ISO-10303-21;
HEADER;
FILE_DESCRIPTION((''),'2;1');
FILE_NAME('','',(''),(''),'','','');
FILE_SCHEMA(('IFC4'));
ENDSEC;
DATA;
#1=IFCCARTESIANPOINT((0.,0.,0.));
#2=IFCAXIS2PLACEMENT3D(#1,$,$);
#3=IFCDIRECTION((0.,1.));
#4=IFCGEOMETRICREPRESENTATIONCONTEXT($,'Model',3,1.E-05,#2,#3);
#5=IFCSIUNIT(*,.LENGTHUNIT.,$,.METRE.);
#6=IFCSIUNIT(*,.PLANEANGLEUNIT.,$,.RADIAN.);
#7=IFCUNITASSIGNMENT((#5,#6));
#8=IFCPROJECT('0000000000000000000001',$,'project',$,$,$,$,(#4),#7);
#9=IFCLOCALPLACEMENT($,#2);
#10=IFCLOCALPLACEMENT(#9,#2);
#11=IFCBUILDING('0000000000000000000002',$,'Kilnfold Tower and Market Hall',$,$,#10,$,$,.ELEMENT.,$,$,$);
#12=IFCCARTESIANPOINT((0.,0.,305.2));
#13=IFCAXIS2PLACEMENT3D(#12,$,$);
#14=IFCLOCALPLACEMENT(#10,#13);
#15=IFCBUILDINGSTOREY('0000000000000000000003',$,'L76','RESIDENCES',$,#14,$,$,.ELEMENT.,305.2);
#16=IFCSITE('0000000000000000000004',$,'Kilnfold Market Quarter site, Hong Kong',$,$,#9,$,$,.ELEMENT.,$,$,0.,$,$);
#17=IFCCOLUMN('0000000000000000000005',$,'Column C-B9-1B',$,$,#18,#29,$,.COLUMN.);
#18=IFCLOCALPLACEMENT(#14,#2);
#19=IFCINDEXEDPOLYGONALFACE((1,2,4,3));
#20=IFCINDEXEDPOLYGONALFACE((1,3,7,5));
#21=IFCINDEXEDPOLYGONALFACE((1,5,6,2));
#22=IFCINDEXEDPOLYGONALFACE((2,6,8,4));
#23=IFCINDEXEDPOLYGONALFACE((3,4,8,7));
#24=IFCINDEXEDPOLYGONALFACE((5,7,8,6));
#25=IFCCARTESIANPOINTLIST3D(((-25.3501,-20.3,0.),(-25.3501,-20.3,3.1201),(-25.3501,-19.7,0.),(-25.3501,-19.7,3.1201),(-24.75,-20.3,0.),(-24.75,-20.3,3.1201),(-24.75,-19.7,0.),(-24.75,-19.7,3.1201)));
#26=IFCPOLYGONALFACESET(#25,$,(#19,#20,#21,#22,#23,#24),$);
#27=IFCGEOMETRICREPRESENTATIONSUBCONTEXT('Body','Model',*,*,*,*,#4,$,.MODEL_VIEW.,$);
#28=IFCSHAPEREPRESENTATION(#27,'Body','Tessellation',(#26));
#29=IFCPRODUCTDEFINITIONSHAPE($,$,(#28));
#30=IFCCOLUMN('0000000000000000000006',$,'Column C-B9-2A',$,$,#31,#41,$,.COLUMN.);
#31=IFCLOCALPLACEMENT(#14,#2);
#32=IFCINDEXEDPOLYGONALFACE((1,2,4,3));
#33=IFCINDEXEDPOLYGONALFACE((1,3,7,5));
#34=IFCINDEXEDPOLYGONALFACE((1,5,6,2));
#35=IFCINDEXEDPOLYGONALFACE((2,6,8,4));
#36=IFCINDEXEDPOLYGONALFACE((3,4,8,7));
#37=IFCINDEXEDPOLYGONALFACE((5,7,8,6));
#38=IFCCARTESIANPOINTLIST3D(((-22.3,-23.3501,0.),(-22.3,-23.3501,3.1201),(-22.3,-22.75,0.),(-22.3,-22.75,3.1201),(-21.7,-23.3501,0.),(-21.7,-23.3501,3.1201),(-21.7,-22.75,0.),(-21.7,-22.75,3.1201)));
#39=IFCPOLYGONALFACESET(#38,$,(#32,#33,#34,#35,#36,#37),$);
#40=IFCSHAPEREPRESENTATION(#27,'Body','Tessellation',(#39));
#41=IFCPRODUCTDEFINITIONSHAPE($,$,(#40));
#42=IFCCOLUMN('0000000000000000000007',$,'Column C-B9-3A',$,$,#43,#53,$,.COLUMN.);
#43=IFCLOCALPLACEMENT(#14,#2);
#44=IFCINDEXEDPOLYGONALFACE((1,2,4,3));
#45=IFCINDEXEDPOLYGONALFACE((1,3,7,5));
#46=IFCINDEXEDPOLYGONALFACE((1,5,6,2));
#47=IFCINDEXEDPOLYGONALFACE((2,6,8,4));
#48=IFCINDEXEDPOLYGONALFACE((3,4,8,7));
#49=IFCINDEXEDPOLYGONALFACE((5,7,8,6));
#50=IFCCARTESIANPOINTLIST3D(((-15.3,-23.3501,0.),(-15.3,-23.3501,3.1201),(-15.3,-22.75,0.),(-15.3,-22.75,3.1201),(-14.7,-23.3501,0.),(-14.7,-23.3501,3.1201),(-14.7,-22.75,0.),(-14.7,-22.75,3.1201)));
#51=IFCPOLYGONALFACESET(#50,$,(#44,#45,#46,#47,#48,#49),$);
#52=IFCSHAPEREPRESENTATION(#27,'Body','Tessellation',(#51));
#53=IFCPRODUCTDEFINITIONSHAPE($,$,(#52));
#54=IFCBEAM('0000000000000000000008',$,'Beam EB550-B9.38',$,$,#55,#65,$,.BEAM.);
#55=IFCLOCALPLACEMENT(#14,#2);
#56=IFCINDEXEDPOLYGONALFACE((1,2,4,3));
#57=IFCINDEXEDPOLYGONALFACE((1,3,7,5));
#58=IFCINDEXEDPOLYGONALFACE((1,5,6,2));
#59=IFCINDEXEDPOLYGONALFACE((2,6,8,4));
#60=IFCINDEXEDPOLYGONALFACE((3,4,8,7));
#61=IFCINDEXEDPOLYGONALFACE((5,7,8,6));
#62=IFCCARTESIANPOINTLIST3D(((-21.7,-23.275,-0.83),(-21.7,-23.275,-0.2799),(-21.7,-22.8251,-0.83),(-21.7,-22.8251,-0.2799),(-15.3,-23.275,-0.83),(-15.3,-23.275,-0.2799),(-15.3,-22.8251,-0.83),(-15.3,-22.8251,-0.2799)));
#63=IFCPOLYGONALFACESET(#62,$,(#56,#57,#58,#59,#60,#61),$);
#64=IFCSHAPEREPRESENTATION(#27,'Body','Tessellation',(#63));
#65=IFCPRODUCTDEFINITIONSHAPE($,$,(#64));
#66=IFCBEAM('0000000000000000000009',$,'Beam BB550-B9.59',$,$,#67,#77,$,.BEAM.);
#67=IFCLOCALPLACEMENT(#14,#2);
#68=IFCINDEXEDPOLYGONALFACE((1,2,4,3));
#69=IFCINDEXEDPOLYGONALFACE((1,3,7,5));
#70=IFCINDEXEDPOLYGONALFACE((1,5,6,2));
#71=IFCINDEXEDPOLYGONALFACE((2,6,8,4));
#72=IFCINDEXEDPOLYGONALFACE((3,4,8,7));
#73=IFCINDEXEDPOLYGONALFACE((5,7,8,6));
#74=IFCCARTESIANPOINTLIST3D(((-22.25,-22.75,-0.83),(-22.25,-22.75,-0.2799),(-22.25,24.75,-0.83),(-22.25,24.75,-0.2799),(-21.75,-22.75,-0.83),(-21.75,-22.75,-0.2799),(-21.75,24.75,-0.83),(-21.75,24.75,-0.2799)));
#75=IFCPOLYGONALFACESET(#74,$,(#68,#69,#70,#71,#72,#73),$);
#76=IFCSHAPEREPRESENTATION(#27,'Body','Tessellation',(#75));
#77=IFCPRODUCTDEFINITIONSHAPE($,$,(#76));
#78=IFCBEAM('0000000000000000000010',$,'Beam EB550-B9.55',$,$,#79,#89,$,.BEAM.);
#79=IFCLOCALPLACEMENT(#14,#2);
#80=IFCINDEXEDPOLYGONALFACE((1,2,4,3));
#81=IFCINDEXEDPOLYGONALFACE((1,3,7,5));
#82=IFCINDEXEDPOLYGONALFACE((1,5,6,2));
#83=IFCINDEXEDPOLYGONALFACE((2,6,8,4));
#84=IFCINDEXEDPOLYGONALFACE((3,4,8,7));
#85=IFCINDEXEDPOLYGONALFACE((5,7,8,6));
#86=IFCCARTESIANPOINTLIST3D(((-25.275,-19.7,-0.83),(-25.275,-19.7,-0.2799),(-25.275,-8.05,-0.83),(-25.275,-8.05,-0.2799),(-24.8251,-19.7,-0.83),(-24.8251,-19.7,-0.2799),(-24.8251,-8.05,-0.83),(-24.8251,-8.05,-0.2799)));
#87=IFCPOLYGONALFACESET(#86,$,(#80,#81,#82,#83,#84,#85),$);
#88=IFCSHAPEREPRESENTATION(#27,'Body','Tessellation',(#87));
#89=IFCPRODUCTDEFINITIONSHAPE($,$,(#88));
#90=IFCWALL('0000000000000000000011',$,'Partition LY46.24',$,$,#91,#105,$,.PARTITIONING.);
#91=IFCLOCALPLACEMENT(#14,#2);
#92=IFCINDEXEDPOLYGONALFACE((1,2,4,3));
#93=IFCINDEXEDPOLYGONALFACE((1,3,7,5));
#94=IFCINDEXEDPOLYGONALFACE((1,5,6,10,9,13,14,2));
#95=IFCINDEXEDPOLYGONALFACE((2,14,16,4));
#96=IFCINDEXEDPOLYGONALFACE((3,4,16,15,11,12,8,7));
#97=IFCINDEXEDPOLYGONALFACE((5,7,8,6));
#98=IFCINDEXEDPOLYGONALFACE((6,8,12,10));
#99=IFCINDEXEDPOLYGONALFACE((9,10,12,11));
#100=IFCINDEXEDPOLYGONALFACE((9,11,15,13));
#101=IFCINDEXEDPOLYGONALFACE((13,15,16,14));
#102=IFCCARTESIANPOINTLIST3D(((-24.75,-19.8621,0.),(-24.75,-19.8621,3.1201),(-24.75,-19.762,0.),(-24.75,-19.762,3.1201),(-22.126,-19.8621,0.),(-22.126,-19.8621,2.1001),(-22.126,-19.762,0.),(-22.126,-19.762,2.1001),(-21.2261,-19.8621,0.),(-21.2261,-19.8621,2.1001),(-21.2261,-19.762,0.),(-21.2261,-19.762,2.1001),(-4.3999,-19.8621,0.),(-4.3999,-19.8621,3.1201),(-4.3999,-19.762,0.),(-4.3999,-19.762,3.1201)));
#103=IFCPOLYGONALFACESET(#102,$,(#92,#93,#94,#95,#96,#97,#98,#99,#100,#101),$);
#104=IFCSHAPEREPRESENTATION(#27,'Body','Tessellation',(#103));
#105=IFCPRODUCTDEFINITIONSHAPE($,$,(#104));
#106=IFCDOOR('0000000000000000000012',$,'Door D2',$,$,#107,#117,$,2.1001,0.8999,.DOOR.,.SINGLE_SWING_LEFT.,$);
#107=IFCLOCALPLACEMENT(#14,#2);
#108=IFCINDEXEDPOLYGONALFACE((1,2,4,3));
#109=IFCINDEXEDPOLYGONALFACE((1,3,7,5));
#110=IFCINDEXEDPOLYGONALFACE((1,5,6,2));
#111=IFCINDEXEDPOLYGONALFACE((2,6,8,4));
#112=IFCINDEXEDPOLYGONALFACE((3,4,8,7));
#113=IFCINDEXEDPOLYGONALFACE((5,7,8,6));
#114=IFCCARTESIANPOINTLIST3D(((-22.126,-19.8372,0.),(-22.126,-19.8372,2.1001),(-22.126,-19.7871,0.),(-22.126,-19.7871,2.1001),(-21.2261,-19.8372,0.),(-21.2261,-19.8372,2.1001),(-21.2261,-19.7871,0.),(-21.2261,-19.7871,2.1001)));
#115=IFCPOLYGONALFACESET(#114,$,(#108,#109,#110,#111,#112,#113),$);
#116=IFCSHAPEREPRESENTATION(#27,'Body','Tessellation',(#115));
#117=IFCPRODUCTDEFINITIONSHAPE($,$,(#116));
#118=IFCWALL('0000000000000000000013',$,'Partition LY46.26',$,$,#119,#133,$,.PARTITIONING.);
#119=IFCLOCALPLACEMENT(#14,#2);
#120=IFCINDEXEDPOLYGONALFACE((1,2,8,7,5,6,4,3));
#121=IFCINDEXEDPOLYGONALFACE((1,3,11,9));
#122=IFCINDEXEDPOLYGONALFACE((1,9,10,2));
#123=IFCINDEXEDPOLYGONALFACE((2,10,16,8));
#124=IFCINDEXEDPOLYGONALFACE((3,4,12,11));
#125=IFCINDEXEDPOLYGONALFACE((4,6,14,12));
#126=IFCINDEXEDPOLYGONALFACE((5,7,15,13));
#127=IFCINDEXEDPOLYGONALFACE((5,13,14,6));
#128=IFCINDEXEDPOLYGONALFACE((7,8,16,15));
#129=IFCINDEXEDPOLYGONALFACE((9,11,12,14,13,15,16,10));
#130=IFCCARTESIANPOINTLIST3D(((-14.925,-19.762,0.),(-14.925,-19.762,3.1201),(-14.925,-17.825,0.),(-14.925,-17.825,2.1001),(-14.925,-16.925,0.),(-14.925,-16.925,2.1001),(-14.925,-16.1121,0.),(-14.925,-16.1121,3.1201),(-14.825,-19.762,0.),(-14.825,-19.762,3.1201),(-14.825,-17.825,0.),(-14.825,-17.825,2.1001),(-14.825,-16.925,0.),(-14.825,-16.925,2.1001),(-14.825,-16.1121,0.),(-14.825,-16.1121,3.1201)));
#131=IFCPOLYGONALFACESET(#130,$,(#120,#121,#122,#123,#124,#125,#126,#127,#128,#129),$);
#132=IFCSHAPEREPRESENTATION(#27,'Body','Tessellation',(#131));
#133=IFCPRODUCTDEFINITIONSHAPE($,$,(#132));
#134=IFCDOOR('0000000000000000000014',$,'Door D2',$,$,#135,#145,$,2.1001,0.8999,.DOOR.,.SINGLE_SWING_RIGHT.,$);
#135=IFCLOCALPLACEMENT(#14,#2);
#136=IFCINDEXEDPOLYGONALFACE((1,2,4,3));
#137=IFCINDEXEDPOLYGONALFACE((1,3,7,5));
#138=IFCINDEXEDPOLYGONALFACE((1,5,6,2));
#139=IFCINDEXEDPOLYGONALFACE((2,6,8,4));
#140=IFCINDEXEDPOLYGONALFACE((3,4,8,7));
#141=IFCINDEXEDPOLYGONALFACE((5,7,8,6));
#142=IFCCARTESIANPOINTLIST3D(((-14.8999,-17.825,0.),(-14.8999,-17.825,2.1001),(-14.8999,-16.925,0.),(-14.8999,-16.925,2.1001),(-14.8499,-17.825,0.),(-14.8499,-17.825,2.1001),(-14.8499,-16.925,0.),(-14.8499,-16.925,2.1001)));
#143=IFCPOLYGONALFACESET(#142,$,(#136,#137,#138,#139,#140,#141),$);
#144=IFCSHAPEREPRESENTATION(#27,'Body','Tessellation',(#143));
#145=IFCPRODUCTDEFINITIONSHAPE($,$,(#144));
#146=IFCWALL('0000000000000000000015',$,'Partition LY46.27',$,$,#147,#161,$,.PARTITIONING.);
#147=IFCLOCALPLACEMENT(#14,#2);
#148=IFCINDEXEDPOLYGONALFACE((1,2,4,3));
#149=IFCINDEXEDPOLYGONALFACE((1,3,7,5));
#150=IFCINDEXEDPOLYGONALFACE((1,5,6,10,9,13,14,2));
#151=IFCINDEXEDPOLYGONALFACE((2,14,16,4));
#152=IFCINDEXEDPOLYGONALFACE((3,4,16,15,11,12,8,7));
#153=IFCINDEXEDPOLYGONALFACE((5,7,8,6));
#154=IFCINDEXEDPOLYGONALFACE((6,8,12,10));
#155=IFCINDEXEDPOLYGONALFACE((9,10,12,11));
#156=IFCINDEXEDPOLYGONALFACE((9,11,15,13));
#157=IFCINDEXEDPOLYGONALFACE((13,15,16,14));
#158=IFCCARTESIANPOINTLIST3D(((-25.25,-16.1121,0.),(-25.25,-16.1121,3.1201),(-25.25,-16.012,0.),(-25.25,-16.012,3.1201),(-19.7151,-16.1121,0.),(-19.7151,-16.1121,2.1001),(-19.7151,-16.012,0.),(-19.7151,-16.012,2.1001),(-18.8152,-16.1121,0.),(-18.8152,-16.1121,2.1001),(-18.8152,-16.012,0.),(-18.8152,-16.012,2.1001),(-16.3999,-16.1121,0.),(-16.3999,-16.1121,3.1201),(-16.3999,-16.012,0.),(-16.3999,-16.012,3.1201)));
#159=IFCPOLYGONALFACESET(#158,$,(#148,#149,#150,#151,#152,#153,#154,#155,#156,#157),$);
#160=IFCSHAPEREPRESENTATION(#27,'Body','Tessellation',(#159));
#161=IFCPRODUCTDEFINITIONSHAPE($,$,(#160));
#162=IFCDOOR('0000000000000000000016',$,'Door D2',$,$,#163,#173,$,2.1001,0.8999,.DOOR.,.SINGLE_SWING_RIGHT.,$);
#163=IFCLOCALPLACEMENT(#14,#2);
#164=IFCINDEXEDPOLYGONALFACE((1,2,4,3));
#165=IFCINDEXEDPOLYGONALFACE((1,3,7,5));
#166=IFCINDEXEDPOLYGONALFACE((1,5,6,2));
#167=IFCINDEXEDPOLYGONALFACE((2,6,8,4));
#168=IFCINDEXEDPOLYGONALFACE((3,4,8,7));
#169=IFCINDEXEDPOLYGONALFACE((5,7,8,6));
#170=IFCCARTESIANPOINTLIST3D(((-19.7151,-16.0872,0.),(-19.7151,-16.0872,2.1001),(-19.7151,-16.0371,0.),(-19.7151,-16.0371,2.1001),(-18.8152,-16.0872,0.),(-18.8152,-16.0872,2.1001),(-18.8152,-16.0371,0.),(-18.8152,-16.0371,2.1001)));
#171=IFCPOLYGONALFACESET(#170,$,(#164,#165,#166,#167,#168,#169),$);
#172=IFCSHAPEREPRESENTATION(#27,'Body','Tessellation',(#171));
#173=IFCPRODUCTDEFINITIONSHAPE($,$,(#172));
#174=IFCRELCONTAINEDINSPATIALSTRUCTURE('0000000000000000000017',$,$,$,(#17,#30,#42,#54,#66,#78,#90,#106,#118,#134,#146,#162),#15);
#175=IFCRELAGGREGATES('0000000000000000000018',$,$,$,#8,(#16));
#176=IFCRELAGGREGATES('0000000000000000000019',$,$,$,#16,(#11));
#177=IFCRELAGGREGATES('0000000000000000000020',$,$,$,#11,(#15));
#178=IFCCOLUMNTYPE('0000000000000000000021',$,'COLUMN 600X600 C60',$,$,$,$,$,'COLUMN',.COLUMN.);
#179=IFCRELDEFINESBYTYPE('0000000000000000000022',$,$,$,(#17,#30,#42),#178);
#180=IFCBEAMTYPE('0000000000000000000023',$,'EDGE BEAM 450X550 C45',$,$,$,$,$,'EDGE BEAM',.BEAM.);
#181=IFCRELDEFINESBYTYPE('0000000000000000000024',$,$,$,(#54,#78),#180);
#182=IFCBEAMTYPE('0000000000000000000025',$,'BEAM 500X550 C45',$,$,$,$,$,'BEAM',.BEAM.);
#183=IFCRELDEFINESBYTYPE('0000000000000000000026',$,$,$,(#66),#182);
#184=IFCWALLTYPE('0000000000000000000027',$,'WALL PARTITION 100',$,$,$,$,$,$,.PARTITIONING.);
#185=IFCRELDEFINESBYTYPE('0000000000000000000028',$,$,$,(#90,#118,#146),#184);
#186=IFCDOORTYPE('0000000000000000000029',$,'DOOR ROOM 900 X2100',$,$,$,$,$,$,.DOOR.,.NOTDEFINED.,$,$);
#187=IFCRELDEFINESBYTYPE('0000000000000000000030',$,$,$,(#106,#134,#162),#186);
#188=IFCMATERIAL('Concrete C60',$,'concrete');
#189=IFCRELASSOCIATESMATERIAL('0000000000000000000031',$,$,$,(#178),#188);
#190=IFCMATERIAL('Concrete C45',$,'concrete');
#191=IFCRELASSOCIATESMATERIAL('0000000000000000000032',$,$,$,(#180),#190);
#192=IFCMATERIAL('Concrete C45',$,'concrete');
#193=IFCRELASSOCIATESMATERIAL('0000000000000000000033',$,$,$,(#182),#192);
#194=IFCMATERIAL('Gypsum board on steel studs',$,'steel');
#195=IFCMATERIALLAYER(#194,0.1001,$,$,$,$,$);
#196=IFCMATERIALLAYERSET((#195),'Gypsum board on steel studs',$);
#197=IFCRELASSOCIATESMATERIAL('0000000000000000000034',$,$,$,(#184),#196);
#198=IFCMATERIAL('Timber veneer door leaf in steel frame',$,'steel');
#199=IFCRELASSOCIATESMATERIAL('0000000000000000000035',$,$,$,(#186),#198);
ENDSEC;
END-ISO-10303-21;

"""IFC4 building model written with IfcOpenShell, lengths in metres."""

from ifc_helpers import new_model, si_unit, direction, frame, frame_2d, origin, origin_2d, place, context, subcontext, project, spatial, rectangle, extrude, source, transform, mapped, material, layer, layer_set, material_profile, profile_set, type_object, element, fill, save


model = new_model("IFC4")

# Units and contexts
model_context = context("Model", 3, precision=1e-05, world=origin(), true_north=direction((0.0, 1.0)))
body_context = subcontext(model_context, "Body", "Model", "MODEL_VIEW")
ifc_project = project(units=[si_unit("LENGTHUNIT", "METRE"), si_unit("PLANEANGLEUNIT", "RADIAN")], contexts=[model_context])

# Site, building, storey
site_placement = place(None, origin())
site = spatial("IfcSite", under=ifc_project, at=site_placement, Name="Kilnfold Market Quarter site, Hong Kong", CompositionType="ELEMENT", RefElevation=0.0)
building_placement = place(site_placement, origin())
building = spatial("IfcBuilding", under=site, at=building_placement, Name="Kilnfold Tower and Market Hall", CompositionType="ELEMENT")
storey_placement = place(building_placement, frame((0.0, 0.0, 305.2)))
storey = spatial("IfcBuildingStorey", under=building, at=storey_placement, Name="L76", Description="RESIDENCES", CompositionType="ELEMENT", Elevation=305.2)

# Columns
ifc_material_1 = material(Name="Concrete C60", Category="concrete")
ifc_material_profile_1 = material_profile(ifc_material_1, rectangle(XDim=0.6001, YDim=0.6001, at=origin_2d()), Name="RC 600x600")
ifc_profile_set_1 = profile_set([ifc_material_profile_1], Name="Concrete C60")
column_type = type_object("IfcColumnType", Name="COLUMN 600X600 C60", ElementType="COLUMN", PredefinedType="COLUMN", material=ifc_profile_set_1)
shared_shape_1 = source(origin(), body_context, "Body", "SweptSolid", [
    extrude(rectangle(XDim=0.6001, YDim=0.6001, at=origin_2d()), origin(), (0.0, 0.0, 1.0), 3.1201),
])
for number, where, z_axis, x_axis, name in (
    (1, (-25.05, -20.0, 0.0), (0.0, 0.0, 1.0), (1.0, 0.0, 0.0), "Column C-B9-1B"),
    (2, (-22.0, -23.05, 0.0), (0.0, 0.0, 1.0), (1.0, 0.0, 0.0), "Column C-B9-2A"),
    (3, (-15.0, -23.05, 0.0), (0.0, 0.0, 1.0), (1.0, 0.0, 0.0), "Column C-B9-3A"),
):
    element("IfcColumn", number, at=place(storey_placement, frame(where, z_axis=z_axis, x_axis=x_axis)), inside=storey, type_object=column_type, Name=name, PredefinedType="COLUMN", context=body_context, shape_type="MappedRepresentation", body=[
        mapped(shared_shape_1, transform((0.0, 0.0, 0.0))),
    ])

# Beams
ifc_material_2 = material(Name="Concrete C45", Category="concrete")
ifc_material_profile_2 = material_profile(ifc_material_2, rectangle(XDim=0.45, YDim=0.55, at=origin_2d()), Name="RC 450x550")
ifc_profile_set_2 = profile_set([ifc_material_profile_2], Name="Concrete C45")
beam_type_1 = type_object("IfcBeamType", Name="EDGE BEAM 450X550 C45", ElementType="EDGE BEAM", PredefinedType="BEAM", material=ifc_profile_set_2)
shared_shape_2 = source(origin(), body_context, "Body", "SweptSolid", [
    extrude(rectangle(XDim=0.45, YDim=0.55, at=origin_2d()), origin(), (0.0, 0.0, 1.0), 6.3999),
])
beam_1_placement = place(storey_placement, frame((-21.7, -23.05, -0.5549), z_axis=(1.0, 0.0, 0.0), x_axis=(0.0, 1.0, 0.0)))
element("IfcBeam", 4, at=beam_1_placement, inside=storey, type_object=beam_type_1, Name="Beam EB550-B9.38", PredefinedType="BEAM", context=body_context, shape_type="MappedRepresentation", body=[
    mapped(shared_shape_2, transform((0.0, 0.0, 0.0))),
])
ifc_material_3 = material(Name="Concrete C45", Category="concrete")
ifc_material_profile_3 = material_profile(ifc_material_3, rectangle(XDim=0.5, YDim=0.55, at=origin_2d()), Name="RC 500x550")
ifc_profile_set_3 = profile_set([ifc_material_profile_3], Name="Concrete C45")
beam_type_2 = type_object("IfcBeamType", Name="BEAM 500X550 C45", ElementType="BEAM", PredefinedType="BEAM", material=ifc_profile_set_3)
shared_shape_3 = source(origin(), body_context, "Body", "SweptSolid", [
    extrude(rectangle(XDim=0.5, YDim=0.55, at=origin_2d()), origin(), (0.0, 0.0, 1.0), 47.5),
])
beam_2_placement = place(storey_placement, frame((-22.0, -22.75, -0.5549), z_axis=(0.0, 1.0, 0.0), x_axis=(-1.0, 0.0, 0.0)))
element("IfcBeam", 5, at=beam_2_placement, inside=storey, type_object=beam_type_2, Name="Beam BB550-B9.59", PredefinedType="BEAM", context=body_context, shape_type="MappedRepresentation", body=[
    mapped(shared_shape_3, transform((0.0, 0.0, 0.0))),
])
shared_shape_4 = source(origin(), body_context, "Body", "SweptSolid", [
    extrude(rectangle(XDim=0.45, YDim=0.55, at=origin_2d()), origin(), (0.0, 0.0, 1.0), 11.6499),
])
beam_3_placement = place(storey_placement, frame((-25.05, -19.7, -0.5549), z_axis=(0.0, 1.0, 0.0), x_axis=(-1.0, 0.0, 0.0)))
element("IfcBeam", 6, at=beam_3_placement, inside=storey, type_object=beam_type_1, Name="Beam EB550-B9.55", PredefinedType="BEAM", context=body_context, shape_type="MappedRepresentation", body=[
    mapped(shared_shape_4, transform((0.0, 0.0, 0.0))),
])

# Walls, openings, doors
ifc_material_4 = material(Name="Gypsum board on steel studs", Category="steel")
ifc_layer_1 = layer(ifc_material_4, 0.1001)
ifc_layer_set_1 = layer_set([ifc_layer_1], Name="Gypsum board on steel studs")
wall_type_1 = type_object("IfcWallType", Name="WALL PARTITION 100", PredefinedType="PARTITIONING", material=ifc_layer_set_1)
wall_1_placement = place(storey_placement, frame((-24.75, -19.812, 0.0), z_axis=(0.0, 0.0, 1.0), x_axis=(1.0, 0.0, 0.0)))
wall_1 = element("IfcWall", 7, at=wall_1_placement, inside=storey, type_object=wall_type_1, Name="Partition LY46.24", PredefinedType="PARTITIONING", context=body_context, shape_type="SweptSolid", body=[
    extrude(rectangle(XDim=20.3501, YDim=0.1001, at=frame_2d((10.175, 0.0))), origin(), (0.0, 0.0, 1.0), 3.1201),
])
opening_1_placement = place(wall_1_placement, frame((2.624, 0.0, 0.0)))
opening_1 = element("IfcOpeningElement", 8, at=opening_1_placement, cuts=wall_1, PredefinedType="OPENING", context=body_context, shape_type="SweptSolid", body=[
    extrude(rectangle(XDim=0.8999, YDim=2.1001, at=frame_2d((0.45, 1.05))), frame((0.0, 0.0601, 0.0), z_axis=(0.0, -1.0, 0.0), x_axis=(1.0, 0.0, 0.0)), (0.0, 0.0, 1.0), 0.1201),
])
ifc_material_5 = material(Name="Timber veneer door leaf in steel frame", Category="steel")
door_type_1 = type_object("IfcDoorType", Name="DOOR ROOM 900 X2100", OperationType="NOTDEFINED", PredefinedType="DOOR", material=ifc_material_5)
door_1_placement = place(opening_1_placement, origin())
door_1 = element("IfcDoor", 9, at=door_1_placement, inside=storey, type_object=door_type_1, Name="Door D2", OperationType="SINGLE_SWING_LEFT", OverallHeight=2.1001, OverallWidth=0.8999, PredefinedType="DOOR", context=body_context, shape_type="SweptSolid", body=[
    extrude(rectangle(XDim=0.8999, YDim=2.1001, at=frame_2d((0.45, 1.05))), frame((0.0, 0.0249, 0.0), z_axis=(0.0, -1.0, 0.0), x_axis=(1.0, 0.0, 0.0)), (0.0, 0.0, 1.0), 0.05),
])
fill(opening_1, door_1)
wall_2_placement = place(storey_placement, frame((-14.875, -19.762, 0.0), z_axis=(0.0, 0.0, 1.0), x_axis=(0.0, 1.0, 0.0)))
wall_2 = element("IfcWall", 10, at=wall_2_placement, inside=storey, type_object=wall_type_1, Name="Partition LY46.26", PredefinedType="PARTITIONING", context=body_context, shape_type="SweptSolid", body=[
    extrude(rectangle(XDim=3.6499, YDim=0.1001, at=frame_2d((1.825, 0.0))), origin(), (0.0, 0.0, 1.0), 3.1201),
])
opening_2_placement = place(wall_2_placement, frame((1.937, 0.0, 0.0)))
opening_2 = element("IfcOpeningElement", 11, at=opening_2_placement, cuts=wall_2, PredefinedType="OPENING", context=body_context, shape_type="SweptSolid", body=[
    extrude(rectangle(XDim=0.8999, YDim=2.1001, at=frame_2d((0.45, 1.05))), frame((0.0, 0.0601, 0.0), z_axis=(0.0, -1.0, 0.0), x_axis=(1.0, 0.0, 0.0)), (0.0, 0.0, 1.0), 0.1201),
])
door_2_placement = place(opening_2_placement, origin())
door_2 = element("IfcDoor", 12, at=door_2_placement, inside=storey, type_object=door_type_1, Name="Door D2", OperationType="SINGLE_SWING_RIGHT", OverallHeight=2.1001, OverallWidth=0.8999, PredefinedType="DOOR", context=body_context, shape_type="SweptSolid", body=[
    extrude(rectangle(XDim=0.8999, YDim=2.1001, at=frame_2d((0.45, 1.05))), frame((0.0, 0.0249, 0.0), z_axis=(0.0, -1.0, 0.0), x_axis=(1.0, 0.0, 0.0)), (0.0, 0.0, 1.0), 0.05),
])
fill(opening_2, door_2)
wall_3_placement = place(storey_placement, frame((-25.25, -16.062, 0.0), z_axis=(0.0, 0.0, 1.0), x_axis=(1.0, 0.0, 0.0)))
wall_3 = element("IfcWall", 13, at=wall_3_placement, inside=storey, type_object=wall_type_1, Name="Partition LY46.27", PredefinedType="PARTITIONING", context=body_context, shape_type="SweptSolid", body=[
    extrude(rectangle(XDim=8.8501, YDim=0.1001, at=frame_2d((4.425, 0.0))), origin(), (0.0, 0.0, 1.0), 3.1201),
])
opening_3_placement = place(wall_3_placement, frame((5.5349, 0.0, 0.0)))
opening_3 = element("IfcOpeningElement", 14, at=opening_3_placement, cuts=wall_3, PredefinedType="OPENING", context=body_context, shape_type="SweptSolid", body=[
    extrude(rectangle(XDim=0.8999, YDim=2.1001, at=frame_2d((0.45, 1.05))), frame((0.0, 0.0601, 0.0), z_axis=(0.0, -1.0, 0.0), x_axis=(1.0, 0.0, 0.0)), (0.0, 0.0, 1.0), 0.1201),
])
door_3_placement = place(opening_3_placement, origin())
door_3 = element("IfcDoor", 15, at=door_3_placement, inside=storey, type_object=door_type_1, Name="Door D2", OperationType="SINGLE_SWING_RIGHT", OverallHeight=2.1001, OverallWidth=0.8999, PredefinedType="DOOR", context=body_context, shape_type="SweptSolid", body=[
    extrude(rectangle(XDim=0.8999, YDim=2.1001, at=frame_2d((0.45, 1.05))), frame((0.0, 0.0249, 0.0), z_axis=(0.0, -1.0, 0.0), x_axis=(1.0, 0.0, 0.0)), (0.0, 0.0, 1.0), 0.05),
])
fill(opening_3, door_3)

save(model, "model.ifc")
